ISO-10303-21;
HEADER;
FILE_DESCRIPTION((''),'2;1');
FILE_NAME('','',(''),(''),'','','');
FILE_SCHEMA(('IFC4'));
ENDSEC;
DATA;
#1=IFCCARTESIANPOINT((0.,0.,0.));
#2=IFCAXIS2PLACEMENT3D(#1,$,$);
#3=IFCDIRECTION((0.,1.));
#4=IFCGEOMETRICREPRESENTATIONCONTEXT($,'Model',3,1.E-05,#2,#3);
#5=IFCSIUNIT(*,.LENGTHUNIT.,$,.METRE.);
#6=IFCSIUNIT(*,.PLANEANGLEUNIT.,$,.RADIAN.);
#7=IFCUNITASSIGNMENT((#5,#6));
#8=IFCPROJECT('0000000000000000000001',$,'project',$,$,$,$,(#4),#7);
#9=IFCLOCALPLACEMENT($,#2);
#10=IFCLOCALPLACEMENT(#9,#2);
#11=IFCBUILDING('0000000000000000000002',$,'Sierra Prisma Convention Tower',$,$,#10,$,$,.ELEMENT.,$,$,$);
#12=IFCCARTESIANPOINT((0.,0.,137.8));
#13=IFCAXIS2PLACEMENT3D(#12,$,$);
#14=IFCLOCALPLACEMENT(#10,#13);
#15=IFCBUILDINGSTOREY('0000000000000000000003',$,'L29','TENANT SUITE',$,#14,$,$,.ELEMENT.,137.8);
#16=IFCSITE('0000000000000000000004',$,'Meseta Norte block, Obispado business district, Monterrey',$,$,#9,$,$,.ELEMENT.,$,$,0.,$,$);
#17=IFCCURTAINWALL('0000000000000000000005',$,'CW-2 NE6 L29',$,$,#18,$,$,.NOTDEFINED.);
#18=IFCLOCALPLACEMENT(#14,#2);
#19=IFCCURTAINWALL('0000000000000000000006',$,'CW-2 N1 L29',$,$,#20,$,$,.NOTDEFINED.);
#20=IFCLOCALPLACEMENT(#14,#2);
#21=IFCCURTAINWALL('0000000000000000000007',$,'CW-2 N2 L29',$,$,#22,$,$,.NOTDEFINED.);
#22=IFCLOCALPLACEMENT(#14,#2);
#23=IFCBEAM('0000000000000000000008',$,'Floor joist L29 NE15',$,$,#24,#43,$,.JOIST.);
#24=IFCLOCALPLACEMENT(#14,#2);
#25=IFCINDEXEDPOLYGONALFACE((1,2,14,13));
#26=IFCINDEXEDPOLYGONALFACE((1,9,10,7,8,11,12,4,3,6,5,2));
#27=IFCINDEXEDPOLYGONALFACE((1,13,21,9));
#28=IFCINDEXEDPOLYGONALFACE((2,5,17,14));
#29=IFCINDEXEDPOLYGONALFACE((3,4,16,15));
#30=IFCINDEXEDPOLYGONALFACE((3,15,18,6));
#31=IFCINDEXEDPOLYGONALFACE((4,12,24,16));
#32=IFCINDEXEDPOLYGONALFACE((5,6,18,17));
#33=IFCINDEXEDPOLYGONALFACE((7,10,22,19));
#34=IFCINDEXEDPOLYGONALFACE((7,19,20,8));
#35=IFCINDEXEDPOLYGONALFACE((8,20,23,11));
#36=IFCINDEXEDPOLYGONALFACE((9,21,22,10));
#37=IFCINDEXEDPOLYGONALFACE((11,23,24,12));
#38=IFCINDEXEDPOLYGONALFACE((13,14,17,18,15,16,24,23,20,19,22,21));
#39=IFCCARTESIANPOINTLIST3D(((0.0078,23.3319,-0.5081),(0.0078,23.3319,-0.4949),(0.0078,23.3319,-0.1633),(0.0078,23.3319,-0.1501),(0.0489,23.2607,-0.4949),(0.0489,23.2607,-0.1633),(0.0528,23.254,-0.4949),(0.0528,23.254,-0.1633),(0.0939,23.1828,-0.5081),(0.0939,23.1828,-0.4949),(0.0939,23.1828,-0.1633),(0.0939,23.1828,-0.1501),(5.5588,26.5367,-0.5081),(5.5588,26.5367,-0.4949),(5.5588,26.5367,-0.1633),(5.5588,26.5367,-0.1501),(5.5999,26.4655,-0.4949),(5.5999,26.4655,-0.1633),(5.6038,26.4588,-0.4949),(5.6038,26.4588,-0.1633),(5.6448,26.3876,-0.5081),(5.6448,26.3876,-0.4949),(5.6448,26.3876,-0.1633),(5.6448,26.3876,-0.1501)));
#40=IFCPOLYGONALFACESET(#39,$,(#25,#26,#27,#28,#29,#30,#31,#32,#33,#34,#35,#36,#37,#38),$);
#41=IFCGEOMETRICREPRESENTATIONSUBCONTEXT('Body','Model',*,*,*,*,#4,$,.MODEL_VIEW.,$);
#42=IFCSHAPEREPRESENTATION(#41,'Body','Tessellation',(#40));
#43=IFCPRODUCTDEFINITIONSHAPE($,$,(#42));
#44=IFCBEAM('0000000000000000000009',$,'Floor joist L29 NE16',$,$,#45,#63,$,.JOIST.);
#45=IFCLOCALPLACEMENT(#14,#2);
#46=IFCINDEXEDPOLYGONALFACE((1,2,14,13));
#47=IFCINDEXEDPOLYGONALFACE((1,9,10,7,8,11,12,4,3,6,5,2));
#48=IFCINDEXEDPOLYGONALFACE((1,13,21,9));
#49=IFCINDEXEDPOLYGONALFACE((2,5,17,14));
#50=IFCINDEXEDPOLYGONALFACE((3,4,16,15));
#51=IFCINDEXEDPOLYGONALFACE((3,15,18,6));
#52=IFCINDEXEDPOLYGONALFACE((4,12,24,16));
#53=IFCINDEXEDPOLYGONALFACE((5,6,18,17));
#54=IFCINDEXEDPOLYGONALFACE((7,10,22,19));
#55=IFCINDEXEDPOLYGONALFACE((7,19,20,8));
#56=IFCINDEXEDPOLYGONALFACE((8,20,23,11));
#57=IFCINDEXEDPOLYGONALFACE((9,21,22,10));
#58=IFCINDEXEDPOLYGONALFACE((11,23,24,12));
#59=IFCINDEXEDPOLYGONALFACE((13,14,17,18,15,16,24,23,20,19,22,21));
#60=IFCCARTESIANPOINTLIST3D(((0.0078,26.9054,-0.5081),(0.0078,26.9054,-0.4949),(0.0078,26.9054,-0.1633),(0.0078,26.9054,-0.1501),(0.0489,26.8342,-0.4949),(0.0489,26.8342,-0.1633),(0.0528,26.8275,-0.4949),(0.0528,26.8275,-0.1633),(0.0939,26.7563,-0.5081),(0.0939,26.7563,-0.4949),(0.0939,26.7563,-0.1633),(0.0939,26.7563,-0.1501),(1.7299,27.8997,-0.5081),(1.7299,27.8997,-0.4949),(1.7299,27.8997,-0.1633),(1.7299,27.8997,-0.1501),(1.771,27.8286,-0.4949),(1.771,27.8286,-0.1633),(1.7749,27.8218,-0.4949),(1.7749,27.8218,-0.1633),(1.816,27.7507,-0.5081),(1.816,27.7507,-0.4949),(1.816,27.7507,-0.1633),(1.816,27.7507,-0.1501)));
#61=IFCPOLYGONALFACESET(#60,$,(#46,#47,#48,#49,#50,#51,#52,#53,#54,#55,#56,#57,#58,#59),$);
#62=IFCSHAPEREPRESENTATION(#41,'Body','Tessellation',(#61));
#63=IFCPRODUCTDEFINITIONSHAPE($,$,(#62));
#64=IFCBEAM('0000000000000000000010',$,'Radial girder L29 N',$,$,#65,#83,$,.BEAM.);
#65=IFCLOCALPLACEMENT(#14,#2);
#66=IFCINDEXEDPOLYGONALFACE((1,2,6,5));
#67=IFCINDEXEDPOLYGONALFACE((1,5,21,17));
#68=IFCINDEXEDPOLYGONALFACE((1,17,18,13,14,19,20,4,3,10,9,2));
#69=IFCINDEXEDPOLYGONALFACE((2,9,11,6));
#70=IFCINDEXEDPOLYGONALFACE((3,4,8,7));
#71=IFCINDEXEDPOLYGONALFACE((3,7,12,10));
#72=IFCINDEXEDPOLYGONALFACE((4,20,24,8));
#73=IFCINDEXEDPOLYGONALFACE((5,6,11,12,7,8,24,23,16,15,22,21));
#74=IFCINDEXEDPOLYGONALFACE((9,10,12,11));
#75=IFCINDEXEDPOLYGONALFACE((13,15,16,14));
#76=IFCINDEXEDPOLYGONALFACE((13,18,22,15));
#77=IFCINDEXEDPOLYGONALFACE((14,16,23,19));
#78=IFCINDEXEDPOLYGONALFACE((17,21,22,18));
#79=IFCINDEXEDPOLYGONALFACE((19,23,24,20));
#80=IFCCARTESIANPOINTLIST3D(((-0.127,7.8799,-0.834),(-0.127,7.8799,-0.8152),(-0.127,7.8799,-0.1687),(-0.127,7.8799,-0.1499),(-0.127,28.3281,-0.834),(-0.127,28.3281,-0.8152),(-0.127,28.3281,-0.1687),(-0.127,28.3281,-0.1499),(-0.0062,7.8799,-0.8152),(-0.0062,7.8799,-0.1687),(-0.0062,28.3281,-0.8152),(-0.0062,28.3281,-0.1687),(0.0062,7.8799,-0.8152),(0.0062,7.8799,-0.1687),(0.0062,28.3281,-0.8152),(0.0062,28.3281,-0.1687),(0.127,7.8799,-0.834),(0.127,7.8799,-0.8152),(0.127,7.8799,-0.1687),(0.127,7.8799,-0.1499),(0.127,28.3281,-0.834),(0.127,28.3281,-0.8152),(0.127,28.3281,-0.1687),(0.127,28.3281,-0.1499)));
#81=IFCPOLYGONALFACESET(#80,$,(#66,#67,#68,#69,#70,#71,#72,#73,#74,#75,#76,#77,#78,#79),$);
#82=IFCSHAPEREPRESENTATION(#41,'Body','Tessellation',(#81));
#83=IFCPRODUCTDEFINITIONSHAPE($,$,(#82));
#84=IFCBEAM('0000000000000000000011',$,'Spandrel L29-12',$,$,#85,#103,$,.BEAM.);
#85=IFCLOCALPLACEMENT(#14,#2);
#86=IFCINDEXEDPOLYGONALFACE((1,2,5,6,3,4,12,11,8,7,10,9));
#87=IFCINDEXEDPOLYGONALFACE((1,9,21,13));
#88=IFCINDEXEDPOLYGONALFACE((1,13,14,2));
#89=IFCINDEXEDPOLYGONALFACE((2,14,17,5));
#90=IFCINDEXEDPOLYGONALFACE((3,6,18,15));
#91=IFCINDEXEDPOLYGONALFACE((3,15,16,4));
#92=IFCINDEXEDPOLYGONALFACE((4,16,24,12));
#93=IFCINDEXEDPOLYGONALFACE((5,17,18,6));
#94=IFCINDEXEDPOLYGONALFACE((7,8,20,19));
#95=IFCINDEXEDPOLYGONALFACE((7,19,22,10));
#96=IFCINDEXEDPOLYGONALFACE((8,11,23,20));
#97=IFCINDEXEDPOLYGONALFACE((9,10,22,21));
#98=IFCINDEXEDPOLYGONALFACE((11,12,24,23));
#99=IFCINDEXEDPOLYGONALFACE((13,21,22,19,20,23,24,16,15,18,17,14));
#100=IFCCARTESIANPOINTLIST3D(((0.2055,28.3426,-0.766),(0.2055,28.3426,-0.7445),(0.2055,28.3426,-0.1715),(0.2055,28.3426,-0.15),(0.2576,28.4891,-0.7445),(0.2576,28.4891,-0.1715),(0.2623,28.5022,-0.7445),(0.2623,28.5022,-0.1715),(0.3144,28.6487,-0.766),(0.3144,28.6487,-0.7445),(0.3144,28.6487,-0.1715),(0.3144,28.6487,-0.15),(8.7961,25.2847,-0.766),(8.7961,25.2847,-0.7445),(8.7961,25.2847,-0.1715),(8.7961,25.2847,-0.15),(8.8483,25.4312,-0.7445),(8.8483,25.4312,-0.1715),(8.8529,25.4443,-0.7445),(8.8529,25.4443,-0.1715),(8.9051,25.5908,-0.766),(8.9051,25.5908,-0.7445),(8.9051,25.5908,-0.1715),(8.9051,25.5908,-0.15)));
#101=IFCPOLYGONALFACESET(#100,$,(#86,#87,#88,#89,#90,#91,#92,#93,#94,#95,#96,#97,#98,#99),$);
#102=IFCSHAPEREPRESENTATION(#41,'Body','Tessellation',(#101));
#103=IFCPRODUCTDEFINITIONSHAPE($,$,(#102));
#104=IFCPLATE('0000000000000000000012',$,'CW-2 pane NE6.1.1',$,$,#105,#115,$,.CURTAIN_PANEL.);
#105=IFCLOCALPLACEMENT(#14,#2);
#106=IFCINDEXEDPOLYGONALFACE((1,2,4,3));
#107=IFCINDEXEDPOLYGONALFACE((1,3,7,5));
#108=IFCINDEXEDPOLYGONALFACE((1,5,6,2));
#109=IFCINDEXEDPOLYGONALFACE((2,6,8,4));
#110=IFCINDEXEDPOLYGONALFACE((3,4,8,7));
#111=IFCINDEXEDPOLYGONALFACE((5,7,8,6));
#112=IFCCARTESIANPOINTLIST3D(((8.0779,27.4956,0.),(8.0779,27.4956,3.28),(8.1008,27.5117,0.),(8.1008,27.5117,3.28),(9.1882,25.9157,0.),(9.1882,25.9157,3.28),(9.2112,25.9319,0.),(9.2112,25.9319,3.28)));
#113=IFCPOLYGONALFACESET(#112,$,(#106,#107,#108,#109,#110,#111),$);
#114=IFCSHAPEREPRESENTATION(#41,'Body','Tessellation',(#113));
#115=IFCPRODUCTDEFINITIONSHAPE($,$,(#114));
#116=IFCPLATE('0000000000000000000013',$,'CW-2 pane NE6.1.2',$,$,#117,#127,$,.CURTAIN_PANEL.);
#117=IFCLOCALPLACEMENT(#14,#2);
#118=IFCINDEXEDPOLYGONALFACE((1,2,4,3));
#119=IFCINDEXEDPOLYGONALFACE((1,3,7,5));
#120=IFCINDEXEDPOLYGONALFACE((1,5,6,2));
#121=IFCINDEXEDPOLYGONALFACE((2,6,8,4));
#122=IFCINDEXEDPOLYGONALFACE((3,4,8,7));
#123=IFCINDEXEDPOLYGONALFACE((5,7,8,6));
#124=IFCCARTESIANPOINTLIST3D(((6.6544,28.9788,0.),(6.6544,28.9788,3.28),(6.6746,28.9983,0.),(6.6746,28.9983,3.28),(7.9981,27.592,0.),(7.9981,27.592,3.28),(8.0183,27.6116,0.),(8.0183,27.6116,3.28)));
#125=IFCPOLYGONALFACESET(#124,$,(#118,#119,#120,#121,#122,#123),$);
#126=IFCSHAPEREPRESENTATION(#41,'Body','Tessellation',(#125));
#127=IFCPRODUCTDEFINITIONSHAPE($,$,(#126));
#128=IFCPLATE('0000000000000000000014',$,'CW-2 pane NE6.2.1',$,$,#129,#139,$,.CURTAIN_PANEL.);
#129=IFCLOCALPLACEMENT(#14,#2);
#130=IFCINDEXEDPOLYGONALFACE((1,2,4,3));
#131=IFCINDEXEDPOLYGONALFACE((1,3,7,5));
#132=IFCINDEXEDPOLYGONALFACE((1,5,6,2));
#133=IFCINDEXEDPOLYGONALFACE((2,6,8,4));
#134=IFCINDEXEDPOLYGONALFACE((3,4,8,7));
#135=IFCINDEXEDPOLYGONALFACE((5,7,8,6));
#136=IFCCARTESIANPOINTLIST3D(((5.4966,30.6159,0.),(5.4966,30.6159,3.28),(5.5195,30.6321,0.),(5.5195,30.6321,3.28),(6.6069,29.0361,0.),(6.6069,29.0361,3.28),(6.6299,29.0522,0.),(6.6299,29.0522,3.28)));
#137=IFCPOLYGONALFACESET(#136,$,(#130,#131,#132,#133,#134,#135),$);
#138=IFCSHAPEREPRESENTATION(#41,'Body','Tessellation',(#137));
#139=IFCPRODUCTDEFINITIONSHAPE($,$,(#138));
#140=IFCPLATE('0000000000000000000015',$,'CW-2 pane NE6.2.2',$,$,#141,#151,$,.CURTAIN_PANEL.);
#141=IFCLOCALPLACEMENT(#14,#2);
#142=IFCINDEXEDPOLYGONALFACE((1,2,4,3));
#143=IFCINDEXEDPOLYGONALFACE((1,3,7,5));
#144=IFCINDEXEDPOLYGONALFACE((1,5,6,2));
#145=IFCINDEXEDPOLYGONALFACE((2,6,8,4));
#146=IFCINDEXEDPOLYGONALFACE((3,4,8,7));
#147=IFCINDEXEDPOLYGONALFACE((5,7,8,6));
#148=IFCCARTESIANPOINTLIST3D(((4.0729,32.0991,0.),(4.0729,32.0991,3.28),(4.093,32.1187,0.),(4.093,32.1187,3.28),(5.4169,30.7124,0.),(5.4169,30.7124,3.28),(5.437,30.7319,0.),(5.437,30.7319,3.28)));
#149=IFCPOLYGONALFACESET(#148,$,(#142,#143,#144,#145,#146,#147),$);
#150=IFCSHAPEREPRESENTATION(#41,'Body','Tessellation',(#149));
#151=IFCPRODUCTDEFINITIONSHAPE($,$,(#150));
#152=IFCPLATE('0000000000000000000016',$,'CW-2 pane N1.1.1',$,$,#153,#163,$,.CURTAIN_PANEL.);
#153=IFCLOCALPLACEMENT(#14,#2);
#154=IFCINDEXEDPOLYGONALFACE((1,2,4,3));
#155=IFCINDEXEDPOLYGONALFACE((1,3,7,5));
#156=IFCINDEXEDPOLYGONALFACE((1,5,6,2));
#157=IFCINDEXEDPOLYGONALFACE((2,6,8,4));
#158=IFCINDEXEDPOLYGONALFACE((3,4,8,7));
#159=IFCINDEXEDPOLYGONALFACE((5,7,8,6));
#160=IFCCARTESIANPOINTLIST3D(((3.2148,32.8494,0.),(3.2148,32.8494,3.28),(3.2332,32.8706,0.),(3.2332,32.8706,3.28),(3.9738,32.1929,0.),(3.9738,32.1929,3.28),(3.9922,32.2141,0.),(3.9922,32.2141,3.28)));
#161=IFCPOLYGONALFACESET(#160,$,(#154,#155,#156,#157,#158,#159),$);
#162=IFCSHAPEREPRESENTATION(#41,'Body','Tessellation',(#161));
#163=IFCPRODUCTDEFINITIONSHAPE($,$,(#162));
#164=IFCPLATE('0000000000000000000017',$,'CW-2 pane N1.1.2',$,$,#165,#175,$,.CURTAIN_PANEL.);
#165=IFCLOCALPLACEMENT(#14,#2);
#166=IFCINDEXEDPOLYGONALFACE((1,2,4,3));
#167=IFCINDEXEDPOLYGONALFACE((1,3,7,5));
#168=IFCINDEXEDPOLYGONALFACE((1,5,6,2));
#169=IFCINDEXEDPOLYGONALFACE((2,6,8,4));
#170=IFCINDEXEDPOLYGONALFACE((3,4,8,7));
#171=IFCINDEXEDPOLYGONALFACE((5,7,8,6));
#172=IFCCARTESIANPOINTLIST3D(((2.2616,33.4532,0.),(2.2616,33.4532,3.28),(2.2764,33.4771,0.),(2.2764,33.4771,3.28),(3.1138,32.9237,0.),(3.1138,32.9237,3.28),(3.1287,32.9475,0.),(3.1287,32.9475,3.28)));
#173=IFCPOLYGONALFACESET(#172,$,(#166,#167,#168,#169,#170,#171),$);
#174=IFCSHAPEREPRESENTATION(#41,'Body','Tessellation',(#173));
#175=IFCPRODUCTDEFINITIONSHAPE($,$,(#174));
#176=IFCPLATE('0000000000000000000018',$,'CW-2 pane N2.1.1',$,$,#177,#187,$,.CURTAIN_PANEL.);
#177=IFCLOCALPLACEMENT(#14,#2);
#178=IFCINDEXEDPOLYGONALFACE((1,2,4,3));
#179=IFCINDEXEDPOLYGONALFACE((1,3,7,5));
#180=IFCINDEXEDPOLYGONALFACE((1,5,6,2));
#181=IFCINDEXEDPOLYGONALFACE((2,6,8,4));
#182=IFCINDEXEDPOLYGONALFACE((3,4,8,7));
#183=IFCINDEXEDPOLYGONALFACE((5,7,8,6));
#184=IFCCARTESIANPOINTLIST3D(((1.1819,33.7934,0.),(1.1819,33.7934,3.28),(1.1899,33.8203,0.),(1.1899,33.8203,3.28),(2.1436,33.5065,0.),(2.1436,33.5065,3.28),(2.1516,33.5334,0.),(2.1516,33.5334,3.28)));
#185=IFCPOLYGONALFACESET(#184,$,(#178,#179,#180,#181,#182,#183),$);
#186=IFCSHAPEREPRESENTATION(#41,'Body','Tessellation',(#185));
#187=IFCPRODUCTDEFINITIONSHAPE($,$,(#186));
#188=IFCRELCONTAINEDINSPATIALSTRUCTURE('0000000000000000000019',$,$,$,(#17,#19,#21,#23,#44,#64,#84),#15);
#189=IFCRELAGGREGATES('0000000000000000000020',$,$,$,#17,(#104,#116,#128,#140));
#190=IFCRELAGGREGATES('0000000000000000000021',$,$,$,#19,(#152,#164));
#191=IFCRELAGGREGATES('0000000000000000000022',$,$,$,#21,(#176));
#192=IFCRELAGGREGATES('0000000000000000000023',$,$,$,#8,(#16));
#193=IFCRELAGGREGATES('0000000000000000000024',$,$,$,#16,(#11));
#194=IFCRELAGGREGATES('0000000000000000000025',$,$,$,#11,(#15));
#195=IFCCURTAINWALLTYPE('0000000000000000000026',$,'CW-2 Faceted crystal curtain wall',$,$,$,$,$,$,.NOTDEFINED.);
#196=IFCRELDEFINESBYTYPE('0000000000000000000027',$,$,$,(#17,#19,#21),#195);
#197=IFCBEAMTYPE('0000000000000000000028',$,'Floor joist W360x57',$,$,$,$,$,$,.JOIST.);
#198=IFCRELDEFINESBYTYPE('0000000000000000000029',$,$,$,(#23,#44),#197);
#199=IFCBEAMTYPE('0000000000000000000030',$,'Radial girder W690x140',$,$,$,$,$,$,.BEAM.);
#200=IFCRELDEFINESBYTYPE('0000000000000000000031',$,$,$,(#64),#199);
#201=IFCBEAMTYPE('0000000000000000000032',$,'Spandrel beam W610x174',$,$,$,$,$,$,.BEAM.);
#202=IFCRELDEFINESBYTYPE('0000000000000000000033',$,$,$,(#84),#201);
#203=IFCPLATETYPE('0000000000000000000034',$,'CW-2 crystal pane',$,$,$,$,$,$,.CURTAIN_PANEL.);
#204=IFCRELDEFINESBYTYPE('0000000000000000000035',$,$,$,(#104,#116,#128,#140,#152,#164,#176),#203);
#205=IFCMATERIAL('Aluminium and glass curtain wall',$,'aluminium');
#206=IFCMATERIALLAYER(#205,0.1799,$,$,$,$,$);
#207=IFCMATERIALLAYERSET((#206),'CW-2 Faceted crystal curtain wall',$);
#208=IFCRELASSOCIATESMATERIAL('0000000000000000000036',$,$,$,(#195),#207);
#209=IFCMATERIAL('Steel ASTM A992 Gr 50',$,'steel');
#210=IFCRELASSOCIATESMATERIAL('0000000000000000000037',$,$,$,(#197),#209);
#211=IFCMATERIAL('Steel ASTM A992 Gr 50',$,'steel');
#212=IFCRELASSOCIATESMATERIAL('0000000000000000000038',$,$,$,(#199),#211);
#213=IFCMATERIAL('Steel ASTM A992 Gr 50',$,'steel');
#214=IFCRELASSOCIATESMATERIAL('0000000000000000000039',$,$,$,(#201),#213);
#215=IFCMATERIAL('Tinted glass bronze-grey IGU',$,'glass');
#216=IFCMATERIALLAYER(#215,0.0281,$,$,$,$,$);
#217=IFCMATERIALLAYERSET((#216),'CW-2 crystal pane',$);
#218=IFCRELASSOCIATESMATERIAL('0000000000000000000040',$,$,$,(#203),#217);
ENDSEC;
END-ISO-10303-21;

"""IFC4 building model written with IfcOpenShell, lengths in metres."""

from ifc_helpers import new_model, si_unit, direction, frame, origin, origin_2d, place, context, subcontext, project, spatial, polyline, i_section, outline, extrude, material, layer, layer_set, material_profile, profile_set, type_object, element, aggregate, save


model = new_model("IFC4")

# Units and contexts
model_context = context("Model", 3, precision=1e-05, world=origin(), true_north=direction((0.0, 1.0)))
body_context = subcontext(model_context, "Body", "Model", "MODEL_VIEW")
ifc_project = project(units=[si_unit("LENGTHUNIT", "METRE"), si_unit("PLANEANGLEUNIT", "RADIAN")], contexts=[model_context])

# Site, building, storey
site_placement = place(None, origin())
site = spatial("IfcSite", under=ifc_project, at=site_placement, Name="Meseta Norte block, Obispado business district, Monterrey", CompositionType="ELEMENT", RefElevation=0.0)
building_placement = place(site_placement, origin())
building = spatial("IfcBuilding", under=site, at=building_placement, Name="Sierra Prisma Convention Tower", CompositionType="ELEMENT")
storey_placement = place(building_placement, frame((0.0, 0.0, 137.8)))
storey = spatial("IfcBuildingStorey", under=building, at=storey_placement, Name="L29", Description="TENANT SUITE", CompositionType="ELEMENT", Elevation=137.8)

# Curtain wall
ifc_material_1 = material(Name="Aluminium and glass curtain wall", Category="aluminium")
ifc_layer_1 = layer(ifc_material_1, 0.1799)
ifc_layer_set_1 = layer_set([ifc_layer_1], Name="CW-2 Faceted crystal curtain wall")
curtain_wall_type = type_object("IfcCurtainWallType", Name="CW-2 Faceted crystal curtain wall", PredefinedType="NOTDEFINED", material=ifc_layer_set_1)
curtain_wall_1_placement = place(storey_placement, origin())
curtain_wall_1 = element("IfcCurtainWall", 1, at=curtain_wall_1_placement, inside=storey, type_object=curtain_wall_type, Name="CW-2 NE6 L29", PredefinedType="NOTDEFINED")

# Curtain walls
curtain_wall_2_placement = place(storey_placement, origin())
curtain_wall_2 = element("IfcCurtainWall", 2, at=curtain_wall_2_placement, inside=storey, type_object=curtain_wall_type, Name="CW-2 N1 L29", PredefinedType="NOTDEFINED")
curtain_wall_3_placement = place(storey_placement, origin())
curtain_wall_3 = element("IfcCurtainWall", 3, at=curtain_wall_3_placement, inside=storey, type_object=curtain_wall_type, Name="CW-2 N2 L29", PredefinedType="NOTDEFINED")

# Beams
ifc_material_2 = material(Name="Steel ASTM A992 Gr 50", Category="steel")
ifc_material_profile_1 = material_profile(ifc_material_2, i_section(OverallWidth=0.1721, OverallDepth=0.3579, WebThickness=0.0078, FlangeThickness=0.0132, at=origin_2d()), Name="W360x57")
ifc_profile_set_1 = profile_set([ifc_material_profile_1], Name="Steel ASTM A992 Gr 50")
beam_type_1 = type_object("IfcBeamType", Name="Floor joist W360x57", PredefinedType="JOIST", material=ifc_profile_set_1)
beam_1_placement = place(storey_placement, frame((5.6018, 26.4622, -0.3291), z_axis=(-0.866029, -0.499994, 0.0), x_axis=(0.499994, -0.866029, 0.0)))
element("IfcBeam", 4, at=beam_1_placement, inside=storey, type_object=beam_type_1, Name="Floor joist L29 NE15", PredefinedType="JOIST", context=body_context, shape_type="SweptSolid", body=[
    extrude(i_section(OverallWidth=0.1721, OverallDepth=0.3579, WebThickness=0.0078, FlangeThickness=0.0132, at=origin_2d()), origin(), (0.0, 0.0, 1.0), 6.4097),
])
beam_2_placement = place(storey_placement, frame((1.7729, 27.8252, -0.3291), z_axis=(-0.866006, -0.500034, 0.0), x_axis=(0.500034, -0.866006, 0.0)))
element("IfcBeam", 5, at=beam_2_placement, inside=storey, type_object=beam_type_1, Name="Floor joist L29 NE16", PredefinedType="JOIST", context=body_context, shape_type="SweptSolid", body=[
    extrude(i_section(OverallWidth=0.1721, OverallDepth=0.3579, WebThickness=0.0078, FlangeThickness=0.0132, at=origin_2d()), origin(), (0.0, 0.0, 1.0), 1.9885),
])
ifc_material_3 = material(Name="Steel ASTM A992 Gr 50", Category="steel")
ifc_material_profile_2 = material_profile(ifc_material_3, i_section(OverallWidth=0.2539, OverallDepth=0.6841, WebThickness=0.0125, FlangeThickness=0.0188, at=origin_2d()), Name="W690x140")
ifc_profile_set_2 = profile_set([ifc_material_profile_2], Name="Steel ASTM A992 Gr 50")
beam_type_2 = type_object("IfcBeamType", Name="Radial girder W690x140", PredefinedType="BEAM", material=ifc_profile_set_2)
beam_3_placement = place(storey_placement, frame((0.0, 28.3281, -0.4919), z_axis=(0.0, -1.0, 0.0), x_axis=(1.0, 0.0, 0.0)))
element("IfcBeam", 6, at=beam_3_placement, inside=storey, type_object=beam_type_2, Name="Radial girder L29 N", PredefinedType="BEAM", context=body_context, shape_type="SweptSolid", body=[
    extrude(i_section(OverallWidth=0.2539, OverallDepth=0.6841, WebThickness=0.0125, FlangeThickness=0.0188, at=origin_2d()), origin(), (0.0, 0.0, 1.0), 20.4482),
])
ifc_material_4 = material(Name="Steel ASTM A992 Gr 50", Category="steel")
ifc_material_profile_3 = material_profile(ifc_material_4, i_section(OverallWidth=0.325, OverallDepth=0.616, WebThickness=0.0139, FlangeThickness=0.0215, at=origin_2d()), Name="W610x174")
ifc_profile_set_3 = profile_set([ifc_material_profile_3], Name="Steel ASTM A992 Gr 50")
beam_type_3 = type_object("IfcBeamType", Name="Spandrel beam W610x174", PredefinedType="BEAM", material=ifc_profile_set_3)
beam_4_placement = place(storey_placement, frame((8.8506, 25.4377, -0.458), z_axis=(-0.942096, 0.335344, 0.0), x_axis=(-0.335344, -0.942096, 0.0)))
element("IfcBeam", 7, at=beam_4_placement, inside=storey, type_object=beam_type_3, Name="Spandrel L29-12", PredefinedType="BEAM", context=body_context, shape_type="SweptSolid", body=[
    extrude(i_section(OverallWidth=0.325, OverallDepth=0.616, WebThickness=0.0139, FlangeThickness=0.0215, at=origin_2d()), origin(), (0.0, 0.0, 1.0), 9.1187),
])

# Plates
ifc_material_5 = material(Name="Tinted glass bronze-grey IGU", Category="glass")
ifc_layer_2 = layer(ifc_material_5, 0.0281)
ifc_layer_set_2 = layer_set([ifc_layer_2], Name="CW-2 crystal pane")
plate_type = type_object("IfcPlateType", Name="CW-2 crystal pane", PredefinedType="CURTAIN_PANEL", material=ifc_layer_set_2)
plate_1_placement = place(storey_placement, frame((9.2112, 25.9319, 0.0), z_axis=(0.818143, 0.575014, 0.0), x_axis=(-0.575014, 0.818143, 0.0)))
plate_1 = element("IfcPlate", 8, at=plate_1_placement, type_object=plate_type, Name="CW-2 pane NE6.1.1", PredefinedType="CURTAIN_PANEL", context=body_context, shape_type="SweptSolid", body=[
    extrude(outline(polyline([(0.0, 0.0), (1.931, 0.0), (1.931, 3.28), (0.0, 3.28), (0.0, 0.0)])), origin(), (0.0, 0.0, -1.0), 0.0281),
])
plate_2_placement = place(storey_placement, frame((6.6746, 28.9983, 0.0), z_axis=(0.718145, 0.695893, 0.0), x_axis=(0.695893, -0.718145, 0.0)))
plate_2 = element("IfcPlate", 9, at=plate_2_placement, type_object=plate_type, Name="CW-2 pane NE6.1.2", PredefinedType="CURTAIN_PANEL", context=body_context, shape_type="SweptSolid", body=[
    extrude(outline(polyline([(0.0, 0.0), (1.931, 0.0), (1.931, -3.28), (0.0, -3.28), (0.0, 0.0)])), origin(), (0.0, 0.0, -1.0), 0.0281),
])
plate_3_placement = place(storey_placement, frame((6.6299, 29.0522, 0.0), z_axis=(0.818143, 0.575014, 0.0), x_axis=(-0.575014, 0.818143, 0.0)))
plate_3 = element("IfcPlate", 10, at=plate_3_placement, type_object=plate_type, Name="CW-2 pane NE6.2.1", PredefinedType="CURTAIN_PANEL", context=body_context, shape_type="SweptSolid", body=[
    extrude(outline(polyline([(0.0, 0.0), (1.931, 0.0), (1.931, 3.28), (0.0, 3.28), (0.0, 0.0)])), origin(), (0.0, 0.0, -1.0), 0.0281),
])
plate_4_placement = place(storey_placement, frame((4.093, 32.1187, 0.0), z_axis=(0.718082, 0.695958, 0.0), x_axis=(0.695958, -0.718082, 0.0)))
plate_4 = element("IfcPlate", 11, at=plate_4_placement, type_object=plate_type, Name="CW-2 pane NE6.2.2", PredefinedType="CURTAIN_PANEL", context=body_context, shape_type="SweptSolid", body=[
    extrude(outline(polyline([(0.0, 0.0), (1.9311, 0.0), (1.9311, -3.28), (0.0, -3.28), (0.0, 0.0)])), origin(), (0.0, 0.0, -1.0), 0.0281),
])
aggregate(curtain_wall_1, [plate_1, plate_2, plate_3, plate_4])
plate_5_placement = place(storey_placement, frame((3.9922, 32.2141, 0.0), z_axis=(0.654171, 0.756347, 0.0), x_axis=(-0.756347, 0.654171, 0.0)))
plate_5 = element("IfcPlate", 12, at=plate_5_placement, type_object=plate_type, Name="CW-2 pane N1.1.1", PredefinedType="CURTAIN_PANEL", context=body_context, shape_type="SweptSolid", body=[
    extrude(outline(polyline([(0.0, 0.0), (1.0036, 0.0), (1.0036, 3.28), (0.0, 3.28), (0.0, 0.0)])), origin(), (0.0, 0.0, -1.0), 0.0281),
])
plate_6_placement = place(storey_placement, frame((2.2764, 33.4771, 0.0), z_axis=(0.527744, 0.849403, 0.0), x_axis=(0.849403, -0.527744, 0.0)))
plate_6 = element("IfcPlate", 13, at=plate_6_placement, type_object=plate_type, Name="CW-2 pane N1.1.2", PredefinedType="CURTAIN_PANEL", context=body_context, shape_type="SweptSolid", body=[
    extrude(outline(polyline([(0.0, 0.0), (1.0034, 0.0), (1.0034, -3.28), (0.0, -3.28), (0.0, 0.0)])), origin(), (0.0, 0.0, -1.0), 0.0281),
])
aggregate(curtain_wall_2, [plate_5, plate_6])
plate_7_placement = place(storey_placement, frame((2.1516, 33.5334, 0.0), z_axis=(0.285852, 0.958274, 0.0), x_axis=(-0.958274, 0.285852, 0.0)))
plate_7 = element("IfcPlate", 14, at=plate_7_placement, type_object=plate_type, Name="CW-2 pane N2.1.1", PredefinedType="CURTAIN_PANEL", context=body_context, shape_type="SweptSolid", body=[
    extrude(outline(polyline([(0.0, 0.0), (1.0035, 0.0), (1.0035, 3.28), (0.0, 3.28), (0.0, 0.0)])), origin(), (0.0, 0.0, -1.0), 0.0281),
])
aggregate(curtain_wall_3, [plate_7])

save(model, "model.ifc")
